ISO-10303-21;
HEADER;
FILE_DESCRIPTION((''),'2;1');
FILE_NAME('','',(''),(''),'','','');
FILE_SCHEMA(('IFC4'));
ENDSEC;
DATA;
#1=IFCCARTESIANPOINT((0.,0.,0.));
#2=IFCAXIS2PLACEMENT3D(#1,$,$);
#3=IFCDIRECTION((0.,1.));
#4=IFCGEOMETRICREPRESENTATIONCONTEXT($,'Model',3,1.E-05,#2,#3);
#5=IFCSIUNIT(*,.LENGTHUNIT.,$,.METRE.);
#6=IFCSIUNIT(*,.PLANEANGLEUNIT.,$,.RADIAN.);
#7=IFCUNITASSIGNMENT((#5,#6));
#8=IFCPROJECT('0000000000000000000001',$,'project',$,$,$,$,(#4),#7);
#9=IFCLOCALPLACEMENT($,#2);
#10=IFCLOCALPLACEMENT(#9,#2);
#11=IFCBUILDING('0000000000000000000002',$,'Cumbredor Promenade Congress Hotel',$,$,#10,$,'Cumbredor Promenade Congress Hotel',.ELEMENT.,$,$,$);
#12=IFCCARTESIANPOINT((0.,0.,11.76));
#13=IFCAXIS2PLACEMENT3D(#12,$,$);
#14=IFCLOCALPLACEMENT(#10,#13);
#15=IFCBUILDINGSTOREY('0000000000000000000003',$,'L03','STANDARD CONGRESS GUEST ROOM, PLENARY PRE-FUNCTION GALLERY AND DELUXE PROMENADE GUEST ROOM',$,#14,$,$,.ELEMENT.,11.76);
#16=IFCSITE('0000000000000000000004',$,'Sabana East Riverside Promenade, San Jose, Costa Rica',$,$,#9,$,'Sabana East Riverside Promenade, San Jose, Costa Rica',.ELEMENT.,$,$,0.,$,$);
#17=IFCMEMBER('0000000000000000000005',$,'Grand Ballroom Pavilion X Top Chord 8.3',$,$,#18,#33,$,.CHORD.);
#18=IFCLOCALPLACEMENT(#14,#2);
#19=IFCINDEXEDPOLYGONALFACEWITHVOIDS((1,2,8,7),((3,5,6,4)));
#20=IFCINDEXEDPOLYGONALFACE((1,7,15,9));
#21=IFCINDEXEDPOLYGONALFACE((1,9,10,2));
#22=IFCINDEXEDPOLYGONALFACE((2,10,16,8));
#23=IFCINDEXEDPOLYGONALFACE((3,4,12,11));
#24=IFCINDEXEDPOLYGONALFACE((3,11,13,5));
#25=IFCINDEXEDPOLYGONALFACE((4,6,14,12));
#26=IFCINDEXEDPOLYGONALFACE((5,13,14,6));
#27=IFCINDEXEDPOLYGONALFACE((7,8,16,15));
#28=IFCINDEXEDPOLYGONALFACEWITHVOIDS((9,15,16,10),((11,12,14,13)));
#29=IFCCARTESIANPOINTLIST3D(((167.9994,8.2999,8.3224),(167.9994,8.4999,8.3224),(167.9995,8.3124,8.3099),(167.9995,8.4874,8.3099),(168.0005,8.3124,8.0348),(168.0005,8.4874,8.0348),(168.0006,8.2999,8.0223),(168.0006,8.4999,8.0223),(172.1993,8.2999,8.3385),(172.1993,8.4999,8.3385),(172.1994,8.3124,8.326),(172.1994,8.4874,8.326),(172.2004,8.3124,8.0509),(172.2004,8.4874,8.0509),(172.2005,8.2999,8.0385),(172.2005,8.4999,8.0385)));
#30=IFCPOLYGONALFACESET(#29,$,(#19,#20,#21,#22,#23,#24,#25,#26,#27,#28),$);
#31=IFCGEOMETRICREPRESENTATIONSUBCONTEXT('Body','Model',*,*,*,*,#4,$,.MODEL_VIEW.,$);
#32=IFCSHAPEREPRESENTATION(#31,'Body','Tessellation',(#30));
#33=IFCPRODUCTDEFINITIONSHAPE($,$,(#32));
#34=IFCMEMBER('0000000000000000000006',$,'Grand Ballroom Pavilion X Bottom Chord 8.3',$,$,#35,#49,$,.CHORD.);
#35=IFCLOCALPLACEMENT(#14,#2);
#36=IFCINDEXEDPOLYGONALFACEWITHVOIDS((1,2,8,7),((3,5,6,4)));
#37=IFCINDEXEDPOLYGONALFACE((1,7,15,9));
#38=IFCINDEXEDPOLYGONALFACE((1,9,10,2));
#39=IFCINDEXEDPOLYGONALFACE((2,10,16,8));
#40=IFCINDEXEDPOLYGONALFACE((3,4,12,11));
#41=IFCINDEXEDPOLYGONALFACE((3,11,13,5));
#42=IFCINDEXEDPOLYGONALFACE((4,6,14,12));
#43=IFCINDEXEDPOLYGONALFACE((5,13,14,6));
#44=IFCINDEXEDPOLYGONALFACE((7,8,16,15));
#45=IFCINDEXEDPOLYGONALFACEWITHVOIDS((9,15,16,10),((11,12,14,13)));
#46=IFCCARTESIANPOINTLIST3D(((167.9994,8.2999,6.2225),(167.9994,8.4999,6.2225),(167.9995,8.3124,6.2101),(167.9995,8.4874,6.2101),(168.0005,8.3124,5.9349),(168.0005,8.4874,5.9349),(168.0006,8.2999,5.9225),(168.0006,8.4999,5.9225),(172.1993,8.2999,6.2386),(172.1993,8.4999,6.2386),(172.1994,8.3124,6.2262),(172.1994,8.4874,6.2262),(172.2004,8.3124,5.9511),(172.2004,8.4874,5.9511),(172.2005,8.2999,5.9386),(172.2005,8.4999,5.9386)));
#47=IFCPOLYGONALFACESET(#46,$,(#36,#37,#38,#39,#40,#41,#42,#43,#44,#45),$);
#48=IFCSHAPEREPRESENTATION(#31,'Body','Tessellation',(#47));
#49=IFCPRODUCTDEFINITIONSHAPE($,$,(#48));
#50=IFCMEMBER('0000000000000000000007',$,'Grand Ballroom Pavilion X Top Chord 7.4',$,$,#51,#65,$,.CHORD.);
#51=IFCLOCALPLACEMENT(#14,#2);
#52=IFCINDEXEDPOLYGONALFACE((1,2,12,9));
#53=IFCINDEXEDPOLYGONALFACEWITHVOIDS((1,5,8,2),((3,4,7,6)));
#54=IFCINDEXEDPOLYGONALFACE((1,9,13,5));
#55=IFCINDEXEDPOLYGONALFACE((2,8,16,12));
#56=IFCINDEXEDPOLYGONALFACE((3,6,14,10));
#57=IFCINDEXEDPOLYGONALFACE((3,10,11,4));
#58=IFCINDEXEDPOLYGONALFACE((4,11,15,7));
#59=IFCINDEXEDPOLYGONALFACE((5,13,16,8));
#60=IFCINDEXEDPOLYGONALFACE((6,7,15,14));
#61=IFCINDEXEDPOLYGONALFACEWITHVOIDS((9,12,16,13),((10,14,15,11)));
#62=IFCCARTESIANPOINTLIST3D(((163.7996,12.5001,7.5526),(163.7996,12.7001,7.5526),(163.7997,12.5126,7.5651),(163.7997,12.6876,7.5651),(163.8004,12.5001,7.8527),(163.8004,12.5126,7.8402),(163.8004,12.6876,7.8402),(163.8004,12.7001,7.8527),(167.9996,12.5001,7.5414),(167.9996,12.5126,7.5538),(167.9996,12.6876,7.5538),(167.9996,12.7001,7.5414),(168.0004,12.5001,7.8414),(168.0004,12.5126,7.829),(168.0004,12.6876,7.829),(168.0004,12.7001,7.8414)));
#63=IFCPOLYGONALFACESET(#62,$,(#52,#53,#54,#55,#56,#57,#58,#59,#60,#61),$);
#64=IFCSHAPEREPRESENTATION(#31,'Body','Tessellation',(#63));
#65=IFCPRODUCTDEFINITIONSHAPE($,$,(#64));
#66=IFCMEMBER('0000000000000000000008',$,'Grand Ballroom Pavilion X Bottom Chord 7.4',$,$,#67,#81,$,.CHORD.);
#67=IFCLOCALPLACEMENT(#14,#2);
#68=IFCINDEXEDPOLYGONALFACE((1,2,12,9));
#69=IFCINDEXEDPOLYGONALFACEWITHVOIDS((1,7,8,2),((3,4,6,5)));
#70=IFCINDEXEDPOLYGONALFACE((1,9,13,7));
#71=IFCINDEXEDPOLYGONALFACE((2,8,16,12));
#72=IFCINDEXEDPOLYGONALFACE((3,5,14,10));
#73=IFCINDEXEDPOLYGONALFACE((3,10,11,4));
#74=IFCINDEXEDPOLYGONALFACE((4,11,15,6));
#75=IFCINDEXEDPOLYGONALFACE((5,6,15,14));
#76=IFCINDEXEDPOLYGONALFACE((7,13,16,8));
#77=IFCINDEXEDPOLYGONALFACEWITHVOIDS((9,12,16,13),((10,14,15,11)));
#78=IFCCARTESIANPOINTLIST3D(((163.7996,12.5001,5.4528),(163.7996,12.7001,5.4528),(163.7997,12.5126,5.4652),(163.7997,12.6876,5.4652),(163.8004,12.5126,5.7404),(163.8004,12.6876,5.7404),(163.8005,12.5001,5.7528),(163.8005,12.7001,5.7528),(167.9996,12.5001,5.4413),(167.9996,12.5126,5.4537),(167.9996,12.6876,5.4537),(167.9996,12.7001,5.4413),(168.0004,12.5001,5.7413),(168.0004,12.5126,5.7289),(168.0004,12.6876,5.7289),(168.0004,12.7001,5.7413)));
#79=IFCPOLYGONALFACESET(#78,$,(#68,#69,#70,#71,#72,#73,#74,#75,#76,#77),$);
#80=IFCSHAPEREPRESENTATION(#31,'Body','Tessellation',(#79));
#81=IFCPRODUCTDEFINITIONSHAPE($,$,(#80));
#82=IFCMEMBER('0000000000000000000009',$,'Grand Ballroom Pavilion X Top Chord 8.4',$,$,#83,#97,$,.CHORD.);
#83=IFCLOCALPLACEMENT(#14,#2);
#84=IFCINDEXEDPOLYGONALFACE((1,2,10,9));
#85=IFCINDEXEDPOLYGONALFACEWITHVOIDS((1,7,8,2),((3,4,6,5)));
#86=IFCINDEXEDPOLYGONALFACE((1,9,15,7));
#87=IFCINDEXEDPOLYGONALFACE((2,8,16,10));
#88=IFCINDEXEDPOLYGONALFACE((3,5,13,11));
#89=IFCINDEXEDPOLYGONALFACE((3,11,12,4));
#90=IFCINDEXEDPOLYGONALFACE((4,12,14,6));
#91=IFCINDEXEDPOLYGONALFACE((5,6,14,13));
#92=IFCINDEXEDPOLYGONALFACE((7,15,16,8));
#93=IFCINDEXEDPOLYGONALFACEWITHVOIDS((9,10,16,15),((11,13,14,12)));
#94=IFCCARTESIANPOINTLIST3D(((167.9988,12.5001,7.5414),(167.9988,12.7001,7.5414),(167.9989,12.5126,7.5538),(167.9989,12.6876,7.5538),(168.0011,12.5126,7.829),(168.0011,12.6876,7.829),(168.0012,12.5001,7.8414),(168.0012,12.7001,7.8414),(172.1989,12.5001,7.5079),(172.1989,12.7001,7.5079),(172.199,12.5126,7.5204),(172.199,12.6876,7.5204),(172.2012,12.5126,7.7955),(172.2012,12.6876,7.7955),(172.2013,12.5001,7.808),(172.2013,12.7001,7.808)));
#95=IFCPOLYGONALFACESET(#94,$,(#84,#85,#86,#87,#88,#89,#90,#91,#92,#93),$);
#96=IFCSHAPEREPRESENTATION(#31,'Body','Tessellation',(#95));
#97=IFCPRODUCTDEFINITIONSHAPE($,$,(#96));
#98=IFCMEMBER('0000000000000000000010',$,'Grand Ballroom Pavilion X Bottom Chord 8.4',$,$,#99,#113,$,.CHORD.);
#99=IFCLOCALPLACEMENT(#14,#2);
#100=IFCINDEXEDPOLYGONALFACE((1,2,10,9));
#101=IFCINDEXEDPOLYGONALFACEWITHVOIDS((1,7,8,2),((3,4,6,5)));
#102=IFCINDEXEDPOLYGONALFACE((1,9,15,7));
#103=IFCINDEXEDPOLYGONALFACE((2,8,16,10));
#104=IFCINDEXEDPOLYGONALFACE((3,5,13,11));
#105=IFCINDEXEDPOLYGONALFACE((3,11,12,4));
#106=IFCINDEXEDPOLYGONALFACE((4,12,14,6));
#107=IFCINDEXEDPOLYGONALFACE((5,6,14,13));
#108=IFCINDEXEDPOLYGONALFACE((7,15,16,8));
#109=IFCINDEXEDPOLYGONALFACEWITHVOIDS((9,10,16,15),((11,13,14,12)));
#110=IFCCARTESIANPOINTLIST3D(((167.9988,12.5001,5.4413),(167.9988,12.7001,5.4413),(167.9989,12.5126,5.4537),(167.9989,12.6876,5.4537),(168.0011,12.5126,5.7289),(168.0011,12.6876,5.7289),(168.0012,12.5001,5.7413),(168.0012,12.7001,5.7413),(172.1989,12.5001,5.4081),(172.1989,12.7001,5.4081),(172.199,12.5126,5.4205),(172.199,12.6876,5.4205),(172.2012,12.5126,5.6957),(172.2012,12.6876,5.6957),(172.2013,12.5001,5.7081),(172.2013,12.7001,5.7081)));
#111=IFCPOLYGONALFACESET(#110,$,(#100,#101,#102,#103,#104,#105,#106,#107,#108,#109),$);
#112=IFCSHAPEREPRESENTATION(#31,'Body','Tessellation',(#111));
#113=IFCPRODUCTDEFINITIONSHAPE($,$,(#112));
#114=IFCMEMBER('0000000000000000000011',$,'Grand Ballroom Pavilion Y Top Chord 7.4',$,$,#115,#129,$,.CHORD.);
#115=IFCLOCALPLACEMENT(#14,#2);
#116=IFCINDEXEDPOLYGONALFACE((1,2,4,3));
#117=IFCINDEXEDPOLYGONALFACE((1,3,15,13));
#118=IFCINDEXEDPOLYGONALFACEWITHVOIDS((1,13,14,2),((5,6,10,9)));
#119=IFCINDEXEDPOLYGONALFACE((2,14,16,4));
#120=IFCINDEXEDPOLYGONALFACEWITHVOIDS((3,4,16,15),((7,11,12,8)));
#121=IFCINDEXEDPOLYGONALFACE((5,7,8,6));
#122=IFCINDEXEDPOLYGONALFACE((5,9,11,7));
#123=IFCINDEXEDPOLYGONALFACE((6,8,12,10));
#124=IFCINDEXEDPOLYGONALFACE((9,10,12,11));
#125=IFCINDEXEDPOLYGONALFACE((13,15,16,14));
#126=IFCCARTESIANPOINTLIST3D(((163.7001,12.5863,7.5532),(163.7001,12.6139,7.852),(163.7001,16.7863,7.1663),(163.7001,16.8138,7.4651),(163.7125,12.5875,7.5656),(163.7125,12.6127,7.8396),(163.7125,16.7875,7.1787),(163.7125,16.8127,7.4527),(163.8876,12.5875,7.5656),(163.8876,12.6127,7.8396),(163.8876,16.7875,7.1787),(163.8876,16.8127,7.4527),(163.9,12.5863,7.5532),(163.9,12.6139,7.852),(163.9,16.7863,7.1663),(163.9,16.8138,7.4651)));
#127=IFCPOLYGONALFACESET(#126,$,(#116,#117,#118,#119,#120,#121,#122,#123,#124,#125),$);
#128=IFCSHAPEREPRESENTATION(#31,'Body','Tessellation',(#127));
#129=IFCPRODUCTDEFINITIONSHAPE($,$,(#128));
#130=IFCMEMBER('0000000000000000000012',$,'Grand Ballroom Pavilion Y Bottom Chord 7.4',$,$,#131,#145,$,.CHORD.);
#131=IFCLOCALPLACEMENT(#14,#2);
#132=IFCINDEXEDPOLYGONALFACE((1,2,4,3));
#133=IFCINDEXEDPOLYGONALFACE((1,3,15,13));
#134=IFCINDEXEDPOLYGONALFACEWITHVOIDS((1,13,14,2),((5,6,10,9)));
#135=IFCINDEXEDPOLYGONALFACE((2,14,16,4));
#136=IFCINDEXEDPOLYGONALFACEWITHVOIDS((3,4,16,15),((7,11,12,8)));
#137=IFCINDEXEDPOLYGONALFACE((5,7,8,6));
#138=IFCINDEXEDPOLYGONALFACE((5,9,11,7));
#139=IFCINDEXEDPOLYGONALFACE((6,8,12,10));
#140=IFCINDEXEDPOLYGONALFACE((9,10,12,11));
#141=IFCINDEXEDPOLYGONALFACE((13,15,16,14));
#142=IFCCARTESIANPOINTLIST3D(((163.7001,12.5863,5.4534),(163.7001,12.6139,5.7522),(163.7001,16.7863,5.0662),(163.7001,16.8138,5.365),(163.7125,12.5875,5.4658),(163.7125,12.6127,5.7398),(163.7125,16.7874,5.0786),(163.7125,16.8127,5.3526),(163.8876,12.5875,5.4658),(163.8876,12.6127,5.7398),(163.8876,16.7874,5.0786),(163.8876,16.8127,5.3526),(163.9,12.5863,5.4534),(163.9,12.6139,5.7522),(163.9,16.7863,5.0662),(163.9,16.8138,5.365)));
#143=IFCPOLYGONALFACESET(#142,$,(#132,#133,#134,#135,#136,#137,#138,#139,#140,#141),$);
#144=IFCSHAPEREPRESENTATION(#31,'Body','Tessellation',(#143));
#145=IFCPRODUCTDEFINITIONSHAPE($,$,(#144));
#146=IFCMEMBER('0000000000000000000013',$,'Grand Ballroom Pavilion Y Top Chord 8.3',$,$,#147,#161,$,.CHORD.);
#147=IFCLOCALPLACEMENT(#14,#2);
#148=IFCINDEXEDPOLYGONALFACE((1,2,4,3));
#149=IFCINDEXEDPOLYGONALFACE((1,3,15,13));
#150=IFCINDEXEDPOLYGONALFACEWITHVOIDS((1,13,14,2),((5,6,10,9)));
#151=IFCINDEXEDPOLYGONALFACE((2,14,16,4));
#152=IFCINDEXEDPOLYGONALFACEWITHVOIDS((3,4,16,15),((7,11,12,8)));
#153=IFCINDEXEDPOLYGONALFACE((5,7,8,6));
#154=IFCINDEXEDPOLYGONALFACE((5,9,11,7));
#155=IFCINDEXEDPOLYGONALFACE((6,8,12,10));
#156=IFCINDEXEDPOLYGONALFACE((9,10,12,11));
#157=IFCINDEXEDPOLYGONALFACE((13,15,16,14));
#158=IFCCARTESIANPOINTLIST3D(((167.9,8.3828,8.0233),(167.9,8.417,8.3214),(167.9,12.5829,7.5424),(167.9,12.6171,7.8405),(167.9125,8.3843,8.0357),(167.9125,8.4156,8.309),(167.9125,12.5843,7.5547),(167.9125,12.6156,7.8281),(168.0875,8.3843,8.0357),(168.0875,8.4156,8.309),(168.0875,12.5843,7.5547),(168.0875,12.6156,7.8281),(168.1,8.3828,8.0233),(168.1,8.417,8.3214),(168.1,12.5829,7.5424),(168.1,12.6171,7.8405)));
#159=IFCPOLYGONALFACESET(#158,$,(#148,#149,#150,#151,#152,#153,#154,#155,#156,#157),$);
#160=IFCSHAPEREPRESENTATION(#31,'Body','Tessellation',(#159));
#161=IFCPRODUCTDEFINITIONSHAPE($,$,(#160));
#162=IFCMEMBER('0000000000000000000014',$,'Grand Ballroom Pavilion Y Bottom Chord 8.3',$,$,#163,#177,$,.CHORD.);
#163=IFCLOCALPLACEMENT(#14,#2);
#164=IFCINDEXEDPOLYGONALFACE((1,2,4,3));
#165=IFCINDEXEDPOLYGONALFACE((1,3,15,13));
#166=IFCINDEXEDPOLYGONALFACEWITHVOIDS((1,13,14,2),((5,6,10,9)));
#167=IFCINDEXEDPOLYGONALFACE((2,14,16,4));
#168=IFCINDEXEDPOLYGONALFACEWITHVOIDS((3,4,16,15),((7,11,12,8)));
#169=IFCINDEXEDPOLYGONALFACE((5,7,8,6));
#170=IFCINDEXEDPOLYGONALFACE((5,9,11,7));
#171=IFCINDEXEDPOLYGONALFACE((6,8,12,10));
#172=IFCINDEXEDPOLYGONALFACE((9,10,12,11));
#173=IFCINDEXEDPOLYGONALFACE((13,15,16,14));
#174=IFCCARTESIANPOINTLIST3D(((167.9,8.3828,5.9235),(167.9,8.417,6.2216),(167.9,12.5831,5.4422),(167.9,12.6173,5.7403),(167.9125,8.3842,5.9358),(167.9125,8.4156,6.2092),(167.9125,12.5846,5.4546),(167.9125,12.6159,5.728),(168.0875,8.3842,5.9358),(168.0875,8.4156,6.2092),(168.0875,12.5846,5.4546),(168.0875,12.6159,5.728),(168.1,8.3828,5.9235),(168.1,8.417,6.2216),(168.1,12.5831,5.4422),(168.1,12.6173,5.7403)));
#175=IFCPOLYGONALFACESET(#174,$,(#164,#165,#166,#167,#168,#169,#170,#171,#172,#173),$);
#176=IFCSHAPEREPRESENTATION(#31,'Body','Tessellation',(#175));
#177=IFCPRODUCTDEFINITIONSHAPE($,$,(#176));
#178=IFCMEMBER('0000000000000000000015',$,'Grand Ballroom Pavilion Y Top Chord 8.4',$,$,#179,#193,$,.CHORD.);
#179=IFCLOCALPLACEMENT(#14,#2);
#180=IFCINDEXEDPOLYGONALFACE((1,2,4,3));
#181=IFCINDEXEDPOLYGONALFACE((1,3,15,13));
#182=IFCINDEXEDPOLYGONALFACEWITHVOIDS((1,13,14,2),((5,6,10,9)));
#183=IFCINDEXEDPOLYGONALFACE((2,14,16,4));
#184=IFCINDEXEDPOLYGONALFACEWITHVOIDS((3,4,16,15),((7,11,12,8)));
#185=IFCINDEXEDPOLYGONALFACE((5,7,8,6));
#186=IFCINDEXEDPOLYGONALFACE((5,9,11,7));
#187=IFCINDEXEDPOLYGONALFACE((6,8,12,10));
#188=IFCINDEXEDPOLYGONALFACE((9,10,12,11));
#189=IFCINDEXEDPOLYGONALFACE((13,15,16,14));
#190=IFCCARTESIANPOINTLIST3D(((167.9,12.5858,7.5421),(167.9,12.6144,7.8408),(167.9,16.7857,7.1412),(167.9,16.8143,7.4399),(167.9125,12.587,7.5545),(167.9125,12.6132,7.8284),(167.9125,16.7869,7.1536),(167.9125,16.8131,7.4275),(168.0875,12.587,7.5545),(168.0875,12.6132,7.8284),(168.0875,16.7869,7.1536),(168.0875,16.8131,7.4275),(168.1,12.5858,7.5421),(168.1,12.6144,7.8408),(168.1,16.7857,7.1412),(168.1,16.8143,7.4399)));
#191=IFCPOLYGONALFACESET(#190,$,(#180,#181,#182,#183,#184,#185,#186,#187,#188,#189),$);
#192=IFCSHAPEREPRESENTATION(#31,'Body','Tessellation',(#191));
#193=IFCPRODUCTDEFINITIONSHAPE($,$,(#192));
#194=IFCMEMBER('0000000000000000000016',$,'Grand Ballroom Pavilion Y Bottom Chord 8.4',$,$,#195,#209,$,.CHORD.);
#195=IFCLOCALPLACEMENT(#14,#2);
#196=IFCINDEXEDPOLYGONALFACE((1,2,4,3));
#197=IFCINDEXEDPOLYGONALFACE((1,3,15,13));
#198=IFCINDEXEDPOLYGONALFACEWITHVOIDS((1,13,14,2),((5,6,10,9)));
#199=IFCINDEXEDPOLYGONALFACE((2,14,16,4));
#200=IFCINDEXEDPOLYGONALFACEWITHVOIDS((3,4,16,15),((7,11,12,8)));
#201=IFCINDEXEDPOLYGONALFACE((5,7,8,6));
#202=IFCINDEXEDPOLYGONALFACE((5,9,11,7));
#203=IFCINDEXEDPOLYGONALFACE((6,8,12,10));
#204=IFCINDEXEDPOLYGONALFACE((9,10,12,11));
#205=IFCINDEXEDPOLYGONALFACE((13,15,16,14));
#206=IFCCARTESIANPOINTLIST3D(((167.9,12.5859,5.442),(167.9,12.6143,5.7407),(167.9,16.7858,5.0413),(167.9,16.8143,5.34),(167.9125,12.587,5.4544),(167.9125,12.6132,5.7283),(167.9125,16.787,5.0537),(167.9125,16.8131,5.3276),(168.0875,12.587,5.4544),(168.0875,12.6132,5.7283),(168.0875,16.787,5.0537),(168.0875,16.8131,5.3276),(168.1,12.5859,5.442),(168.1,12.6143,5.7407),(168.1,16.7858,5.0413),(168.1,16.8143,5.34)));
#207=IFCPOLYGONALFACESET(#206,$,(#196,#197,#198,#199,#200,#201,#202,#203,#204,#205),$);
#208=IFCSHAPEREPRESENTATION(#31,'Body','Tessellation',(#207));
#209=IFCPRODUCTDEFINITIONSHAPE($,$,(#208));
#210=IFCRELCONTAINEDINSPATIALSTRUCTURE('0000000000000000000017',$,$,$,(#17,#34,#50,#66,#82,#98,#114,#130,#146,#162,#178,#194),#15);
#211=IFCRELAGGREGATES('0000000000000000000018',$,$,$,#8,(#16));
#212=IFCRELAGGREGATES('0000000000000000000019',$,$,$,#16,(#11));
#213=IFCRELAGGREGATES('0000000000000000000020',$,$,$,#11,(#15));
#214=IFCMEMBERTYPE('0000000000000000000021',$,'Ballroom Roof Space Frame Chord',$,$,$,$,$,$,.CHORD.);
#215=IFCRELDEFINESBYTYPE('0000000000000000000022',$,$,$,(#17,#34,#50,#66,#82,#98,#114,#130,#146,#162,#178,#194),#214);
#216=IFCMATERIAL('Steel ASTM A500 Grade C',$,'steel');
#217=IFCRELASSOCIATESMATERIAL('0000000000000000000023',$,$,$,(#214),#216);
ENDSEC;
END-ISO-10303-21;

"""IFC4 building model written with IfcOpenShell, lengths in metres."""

from ifc_helpers import new_model, si_unit, direction, frame, origin, origin_2d, place, context, subcontext, project, spatial, hollow_rectangle, extrude, material, material_profile, profile_set, type_object, element, save


model = new_model("IFC4")

# Units and contexts
model_context = context("Model", 3, precision=1e-05, world=origin(), true_north=direction((0.0, 1.0)))
body_context = subcontext(model_context, "Body", "Model", "MODEL_VIEW")
ifc_project = project(units=[si_unit("LENGTHUNIT", "METRE"), si_unit("PLANEANGLEUNIT", "RADIAN")], contexts=[model_context])

# Site, building, storey
site_placement = place(None, origin())
site = spatial("IfcSite", under=ifc_project, at=site_placement, Name="Sabana East Riverside Promenade, San Jose, Costa Rica", LongName="Sabana East Riverside Promenade, San Jose, Costa Rica", CompositionType="ELEMENT", RefElevation=0.0)
building_placement = place(site_placement, origin())
building = spatial("IfcBuilding", under=site, at=building_placement, Name="Cumbredor Promenade Congress Hotel", LongName="Cumbredor Promenade Congress Hotel", CompositionType="ELEMENT")
storey_placement = place(building_placement, frame((0.0, 0.0, 11.76)))
storey = spatial("IfcBuildingStorey", under=building, at=storey_placement, Name="L03", Description="STANDARD CONGRESS GUEST ROOM, PLENARY PRE-FUNCTION GALLERY AND DELUXE PROMENADE GUEST ROOM", CompositionType="ELEMENT", Elevation=11.76)

# Members
ifc_material_1 = material(Name="Steel ASTM A500 Grade C", Category="steel")
ifc_material_profile_1 = material_profile(ifc_material_1, hollow_rectangle(XDim=0.2, YDim=0.3, WallThickness=0.0125, at=origin_2d()), Name="HSS 300x200x12.5")
ifc_profile_set_1 = profile_set([ifc_material_profile_1], Name="Steel ASTM A500 Grade C")
member_type_1 = type_object("IfcMemberType", Name="Ballroom Roof Space Frame Chord", PredefinedType="CHORD", material=ifc_profile_set_1)
for number, where, z_axis, x_axis, name in (
    (1, (168.0, 8.3999, 8.1724), (0.999993, 0.0, 0.003837), (0.0, 1.0, 0.0), "Grand Ballroom Pavilion X Top Chord 8.3"),
    (2, (168.0, 8.3999, 6.0725), (0.999993, 0.0, 0.003837), (0.0, 1.0, 0.0), "Grand Ballroom Pavilion X Bottom Chord 8.3"),
    (3, (163.8, 12.6001, 7.7026), (0.999996, 0.0, -0.002674), (0.0, 1.0, 0.0), "Grand Ballroom Pavilion X Top Chord 7.4"),
    (4, (163.8, 12.6001, 5.6028), (0.999996, 0.0, -0.002732), (0.0, 1.0, 0.0), "Grand Ballroom Pavilion X Bottom Chord 7.4"),
):
    element("IfcMember", number, at=place(storey_placement, frame(where, z_axis=z_axis, x_axis=x_axis)), inside=storey, type_object=member_type_1, Name=name, PredefinedType="CHORD", context=body_context, shape_type="SweptSolid", body=[
        extrude(hollow_rectangle(XDim=0.2, YDim=0.3, WallThickness=0.0125, at=origin_2d()), origin(), (0.0, 0.0, 1.0), 4.2),
    ])
for number, where, z_axis, x_axis, name in (
    (5, (168.0, 12.6001, 7.6914), (0.999968, 0.0, -0.007963), (0.0, 1.0, 0.0), "Grand Ballroom Pavilion X Top Chord 8.4"),
    (6, (168.0, 12.6001, 5.5913), (0.999969, 0.0, -0.007905), (0.0, 1.0, 0.0), "Grand Ballroom Pavilion X Bottom Chord 8.4"),
):
    element("IfcMember", number, at=place(storey_placement, frame(where, z_axis=z_axis, x_axis=x_axis)), inside=storey, type_object=member_type_1, Name=name, PredefinedType="CHORD", context=body_context, shape_type="SweptSolid", body=[
        extrude(hollow_rectangle(XDim=0.2, YDim=0.3, WallThickness=0.0125, at=origin_2d()), origin(), (0.0, 0.0, 1.0), 4.2002),
    ])
for number, where, z_axis, x_axis, name in (
    (7, (163.8, 12.6001, 7.7026), (0.0, 0.995782, -0.091747), (-1.0, 0.0, 0.0), "Grand Ballroom Pavilion Y Top Chord 7.4"),
    (8, (163.8, 12.6001, 5.6028), (0.0, 0.995777, -0.091804), (-1.0, 0.0, 0.0), "Grand Ballroom Pavilion Y Bottom Chord 7.4"),
):
    element("IfcMember", number, at=place(storey_placement, frame(where, z_axis=z_axis, x_axis=x_axis)), inside=storey, type_object=member_type_1, Name=name, PredefinedType="CHORD", context=body_context, shape_type="SweptSolid", body=[
        extrude(hollow_rectangle(XDim=0.2, YDim=0.3, WallThickness=0.0125, at=origin_2d()), origin(), (0.0, 0.0, 1.0), 4.2178),
    ])
member_1_placement = place(storey_placement, frame((168.0, 8.3999, 8.1724), z_axis=(0.0, 0.993508, -0.113765), x_axis=(-1.0, 0.0, 0.0)))
element("IfcMember", 9, at=member_1_placement, inside=storey, type_object=member_type_1, Name="Grand Ballroom Pavilion Y Top Chord 8.3", PredefinedType="CHORD", context=body_context, shape_type="SweptSolid", body=[
    extrude(hollow_rectangle(XDim=0.2, YDim=0.3, WallThickness=0.0125, at=origin_2d()), origin(), (0.0, 0.0, 1.0), 4.2275),
])
member_2_placement = place(storey_placement, frame((168.0, 8.3999, 6.0725), z_axis=(0.0, 0.993501, -0.113822), x_axis=(-1.0, 0.0, 0.0)))
element("IfcMember", 10, at=member_2_placement, inside=storey, type_object=member_type_1, Name="Grand Ballroom Pavilion Y Bottom Chord 8.3", PredefinedType="CHORD", context=body_context, shape_type="SweptSolid", body=[
    extrude(hollow_rectangle(XDim=0.2, YDim=0.3, WallThickness=0.0125, at=origin_2d()), origin(), (0.0, 0.0, 1.0), 4.2278),
])
for number, where, z_axis, x_axis, name in (
    (11, (168.0, 12.6001, 7.6914), (0.0, 0.995476, -0.095017), (-1.0, 0.0, 0.0), "Grand Ballroom Pavilion Y Top Chord 8.4"),
    (12, (168.0, 12.6001, 5.5913), (0.0, 0.995481, -0.094959), (-1.0, 0.0, 0.0), "Grand Ballroom Pavilion Y Bottom Chord 8.4"),
):
    element("IfcMember", number, at=place(storey_placement, frame(where, z_axis=z_axis, x_axis=x_axis)), inside=storey, type_object=member_type_1, Name=name, PredefinedType="CHORD", context=body_context, shape_type="SweptSolid", body=[
        extrude(hollow_rectangle(XDim=0.2, YDim=0.3, WallThickness=0.0125, at=origin_2d()), origin(), (0.0, 0.0, 1.0), 4.219),
    ])

save(model, "model.ifc")
